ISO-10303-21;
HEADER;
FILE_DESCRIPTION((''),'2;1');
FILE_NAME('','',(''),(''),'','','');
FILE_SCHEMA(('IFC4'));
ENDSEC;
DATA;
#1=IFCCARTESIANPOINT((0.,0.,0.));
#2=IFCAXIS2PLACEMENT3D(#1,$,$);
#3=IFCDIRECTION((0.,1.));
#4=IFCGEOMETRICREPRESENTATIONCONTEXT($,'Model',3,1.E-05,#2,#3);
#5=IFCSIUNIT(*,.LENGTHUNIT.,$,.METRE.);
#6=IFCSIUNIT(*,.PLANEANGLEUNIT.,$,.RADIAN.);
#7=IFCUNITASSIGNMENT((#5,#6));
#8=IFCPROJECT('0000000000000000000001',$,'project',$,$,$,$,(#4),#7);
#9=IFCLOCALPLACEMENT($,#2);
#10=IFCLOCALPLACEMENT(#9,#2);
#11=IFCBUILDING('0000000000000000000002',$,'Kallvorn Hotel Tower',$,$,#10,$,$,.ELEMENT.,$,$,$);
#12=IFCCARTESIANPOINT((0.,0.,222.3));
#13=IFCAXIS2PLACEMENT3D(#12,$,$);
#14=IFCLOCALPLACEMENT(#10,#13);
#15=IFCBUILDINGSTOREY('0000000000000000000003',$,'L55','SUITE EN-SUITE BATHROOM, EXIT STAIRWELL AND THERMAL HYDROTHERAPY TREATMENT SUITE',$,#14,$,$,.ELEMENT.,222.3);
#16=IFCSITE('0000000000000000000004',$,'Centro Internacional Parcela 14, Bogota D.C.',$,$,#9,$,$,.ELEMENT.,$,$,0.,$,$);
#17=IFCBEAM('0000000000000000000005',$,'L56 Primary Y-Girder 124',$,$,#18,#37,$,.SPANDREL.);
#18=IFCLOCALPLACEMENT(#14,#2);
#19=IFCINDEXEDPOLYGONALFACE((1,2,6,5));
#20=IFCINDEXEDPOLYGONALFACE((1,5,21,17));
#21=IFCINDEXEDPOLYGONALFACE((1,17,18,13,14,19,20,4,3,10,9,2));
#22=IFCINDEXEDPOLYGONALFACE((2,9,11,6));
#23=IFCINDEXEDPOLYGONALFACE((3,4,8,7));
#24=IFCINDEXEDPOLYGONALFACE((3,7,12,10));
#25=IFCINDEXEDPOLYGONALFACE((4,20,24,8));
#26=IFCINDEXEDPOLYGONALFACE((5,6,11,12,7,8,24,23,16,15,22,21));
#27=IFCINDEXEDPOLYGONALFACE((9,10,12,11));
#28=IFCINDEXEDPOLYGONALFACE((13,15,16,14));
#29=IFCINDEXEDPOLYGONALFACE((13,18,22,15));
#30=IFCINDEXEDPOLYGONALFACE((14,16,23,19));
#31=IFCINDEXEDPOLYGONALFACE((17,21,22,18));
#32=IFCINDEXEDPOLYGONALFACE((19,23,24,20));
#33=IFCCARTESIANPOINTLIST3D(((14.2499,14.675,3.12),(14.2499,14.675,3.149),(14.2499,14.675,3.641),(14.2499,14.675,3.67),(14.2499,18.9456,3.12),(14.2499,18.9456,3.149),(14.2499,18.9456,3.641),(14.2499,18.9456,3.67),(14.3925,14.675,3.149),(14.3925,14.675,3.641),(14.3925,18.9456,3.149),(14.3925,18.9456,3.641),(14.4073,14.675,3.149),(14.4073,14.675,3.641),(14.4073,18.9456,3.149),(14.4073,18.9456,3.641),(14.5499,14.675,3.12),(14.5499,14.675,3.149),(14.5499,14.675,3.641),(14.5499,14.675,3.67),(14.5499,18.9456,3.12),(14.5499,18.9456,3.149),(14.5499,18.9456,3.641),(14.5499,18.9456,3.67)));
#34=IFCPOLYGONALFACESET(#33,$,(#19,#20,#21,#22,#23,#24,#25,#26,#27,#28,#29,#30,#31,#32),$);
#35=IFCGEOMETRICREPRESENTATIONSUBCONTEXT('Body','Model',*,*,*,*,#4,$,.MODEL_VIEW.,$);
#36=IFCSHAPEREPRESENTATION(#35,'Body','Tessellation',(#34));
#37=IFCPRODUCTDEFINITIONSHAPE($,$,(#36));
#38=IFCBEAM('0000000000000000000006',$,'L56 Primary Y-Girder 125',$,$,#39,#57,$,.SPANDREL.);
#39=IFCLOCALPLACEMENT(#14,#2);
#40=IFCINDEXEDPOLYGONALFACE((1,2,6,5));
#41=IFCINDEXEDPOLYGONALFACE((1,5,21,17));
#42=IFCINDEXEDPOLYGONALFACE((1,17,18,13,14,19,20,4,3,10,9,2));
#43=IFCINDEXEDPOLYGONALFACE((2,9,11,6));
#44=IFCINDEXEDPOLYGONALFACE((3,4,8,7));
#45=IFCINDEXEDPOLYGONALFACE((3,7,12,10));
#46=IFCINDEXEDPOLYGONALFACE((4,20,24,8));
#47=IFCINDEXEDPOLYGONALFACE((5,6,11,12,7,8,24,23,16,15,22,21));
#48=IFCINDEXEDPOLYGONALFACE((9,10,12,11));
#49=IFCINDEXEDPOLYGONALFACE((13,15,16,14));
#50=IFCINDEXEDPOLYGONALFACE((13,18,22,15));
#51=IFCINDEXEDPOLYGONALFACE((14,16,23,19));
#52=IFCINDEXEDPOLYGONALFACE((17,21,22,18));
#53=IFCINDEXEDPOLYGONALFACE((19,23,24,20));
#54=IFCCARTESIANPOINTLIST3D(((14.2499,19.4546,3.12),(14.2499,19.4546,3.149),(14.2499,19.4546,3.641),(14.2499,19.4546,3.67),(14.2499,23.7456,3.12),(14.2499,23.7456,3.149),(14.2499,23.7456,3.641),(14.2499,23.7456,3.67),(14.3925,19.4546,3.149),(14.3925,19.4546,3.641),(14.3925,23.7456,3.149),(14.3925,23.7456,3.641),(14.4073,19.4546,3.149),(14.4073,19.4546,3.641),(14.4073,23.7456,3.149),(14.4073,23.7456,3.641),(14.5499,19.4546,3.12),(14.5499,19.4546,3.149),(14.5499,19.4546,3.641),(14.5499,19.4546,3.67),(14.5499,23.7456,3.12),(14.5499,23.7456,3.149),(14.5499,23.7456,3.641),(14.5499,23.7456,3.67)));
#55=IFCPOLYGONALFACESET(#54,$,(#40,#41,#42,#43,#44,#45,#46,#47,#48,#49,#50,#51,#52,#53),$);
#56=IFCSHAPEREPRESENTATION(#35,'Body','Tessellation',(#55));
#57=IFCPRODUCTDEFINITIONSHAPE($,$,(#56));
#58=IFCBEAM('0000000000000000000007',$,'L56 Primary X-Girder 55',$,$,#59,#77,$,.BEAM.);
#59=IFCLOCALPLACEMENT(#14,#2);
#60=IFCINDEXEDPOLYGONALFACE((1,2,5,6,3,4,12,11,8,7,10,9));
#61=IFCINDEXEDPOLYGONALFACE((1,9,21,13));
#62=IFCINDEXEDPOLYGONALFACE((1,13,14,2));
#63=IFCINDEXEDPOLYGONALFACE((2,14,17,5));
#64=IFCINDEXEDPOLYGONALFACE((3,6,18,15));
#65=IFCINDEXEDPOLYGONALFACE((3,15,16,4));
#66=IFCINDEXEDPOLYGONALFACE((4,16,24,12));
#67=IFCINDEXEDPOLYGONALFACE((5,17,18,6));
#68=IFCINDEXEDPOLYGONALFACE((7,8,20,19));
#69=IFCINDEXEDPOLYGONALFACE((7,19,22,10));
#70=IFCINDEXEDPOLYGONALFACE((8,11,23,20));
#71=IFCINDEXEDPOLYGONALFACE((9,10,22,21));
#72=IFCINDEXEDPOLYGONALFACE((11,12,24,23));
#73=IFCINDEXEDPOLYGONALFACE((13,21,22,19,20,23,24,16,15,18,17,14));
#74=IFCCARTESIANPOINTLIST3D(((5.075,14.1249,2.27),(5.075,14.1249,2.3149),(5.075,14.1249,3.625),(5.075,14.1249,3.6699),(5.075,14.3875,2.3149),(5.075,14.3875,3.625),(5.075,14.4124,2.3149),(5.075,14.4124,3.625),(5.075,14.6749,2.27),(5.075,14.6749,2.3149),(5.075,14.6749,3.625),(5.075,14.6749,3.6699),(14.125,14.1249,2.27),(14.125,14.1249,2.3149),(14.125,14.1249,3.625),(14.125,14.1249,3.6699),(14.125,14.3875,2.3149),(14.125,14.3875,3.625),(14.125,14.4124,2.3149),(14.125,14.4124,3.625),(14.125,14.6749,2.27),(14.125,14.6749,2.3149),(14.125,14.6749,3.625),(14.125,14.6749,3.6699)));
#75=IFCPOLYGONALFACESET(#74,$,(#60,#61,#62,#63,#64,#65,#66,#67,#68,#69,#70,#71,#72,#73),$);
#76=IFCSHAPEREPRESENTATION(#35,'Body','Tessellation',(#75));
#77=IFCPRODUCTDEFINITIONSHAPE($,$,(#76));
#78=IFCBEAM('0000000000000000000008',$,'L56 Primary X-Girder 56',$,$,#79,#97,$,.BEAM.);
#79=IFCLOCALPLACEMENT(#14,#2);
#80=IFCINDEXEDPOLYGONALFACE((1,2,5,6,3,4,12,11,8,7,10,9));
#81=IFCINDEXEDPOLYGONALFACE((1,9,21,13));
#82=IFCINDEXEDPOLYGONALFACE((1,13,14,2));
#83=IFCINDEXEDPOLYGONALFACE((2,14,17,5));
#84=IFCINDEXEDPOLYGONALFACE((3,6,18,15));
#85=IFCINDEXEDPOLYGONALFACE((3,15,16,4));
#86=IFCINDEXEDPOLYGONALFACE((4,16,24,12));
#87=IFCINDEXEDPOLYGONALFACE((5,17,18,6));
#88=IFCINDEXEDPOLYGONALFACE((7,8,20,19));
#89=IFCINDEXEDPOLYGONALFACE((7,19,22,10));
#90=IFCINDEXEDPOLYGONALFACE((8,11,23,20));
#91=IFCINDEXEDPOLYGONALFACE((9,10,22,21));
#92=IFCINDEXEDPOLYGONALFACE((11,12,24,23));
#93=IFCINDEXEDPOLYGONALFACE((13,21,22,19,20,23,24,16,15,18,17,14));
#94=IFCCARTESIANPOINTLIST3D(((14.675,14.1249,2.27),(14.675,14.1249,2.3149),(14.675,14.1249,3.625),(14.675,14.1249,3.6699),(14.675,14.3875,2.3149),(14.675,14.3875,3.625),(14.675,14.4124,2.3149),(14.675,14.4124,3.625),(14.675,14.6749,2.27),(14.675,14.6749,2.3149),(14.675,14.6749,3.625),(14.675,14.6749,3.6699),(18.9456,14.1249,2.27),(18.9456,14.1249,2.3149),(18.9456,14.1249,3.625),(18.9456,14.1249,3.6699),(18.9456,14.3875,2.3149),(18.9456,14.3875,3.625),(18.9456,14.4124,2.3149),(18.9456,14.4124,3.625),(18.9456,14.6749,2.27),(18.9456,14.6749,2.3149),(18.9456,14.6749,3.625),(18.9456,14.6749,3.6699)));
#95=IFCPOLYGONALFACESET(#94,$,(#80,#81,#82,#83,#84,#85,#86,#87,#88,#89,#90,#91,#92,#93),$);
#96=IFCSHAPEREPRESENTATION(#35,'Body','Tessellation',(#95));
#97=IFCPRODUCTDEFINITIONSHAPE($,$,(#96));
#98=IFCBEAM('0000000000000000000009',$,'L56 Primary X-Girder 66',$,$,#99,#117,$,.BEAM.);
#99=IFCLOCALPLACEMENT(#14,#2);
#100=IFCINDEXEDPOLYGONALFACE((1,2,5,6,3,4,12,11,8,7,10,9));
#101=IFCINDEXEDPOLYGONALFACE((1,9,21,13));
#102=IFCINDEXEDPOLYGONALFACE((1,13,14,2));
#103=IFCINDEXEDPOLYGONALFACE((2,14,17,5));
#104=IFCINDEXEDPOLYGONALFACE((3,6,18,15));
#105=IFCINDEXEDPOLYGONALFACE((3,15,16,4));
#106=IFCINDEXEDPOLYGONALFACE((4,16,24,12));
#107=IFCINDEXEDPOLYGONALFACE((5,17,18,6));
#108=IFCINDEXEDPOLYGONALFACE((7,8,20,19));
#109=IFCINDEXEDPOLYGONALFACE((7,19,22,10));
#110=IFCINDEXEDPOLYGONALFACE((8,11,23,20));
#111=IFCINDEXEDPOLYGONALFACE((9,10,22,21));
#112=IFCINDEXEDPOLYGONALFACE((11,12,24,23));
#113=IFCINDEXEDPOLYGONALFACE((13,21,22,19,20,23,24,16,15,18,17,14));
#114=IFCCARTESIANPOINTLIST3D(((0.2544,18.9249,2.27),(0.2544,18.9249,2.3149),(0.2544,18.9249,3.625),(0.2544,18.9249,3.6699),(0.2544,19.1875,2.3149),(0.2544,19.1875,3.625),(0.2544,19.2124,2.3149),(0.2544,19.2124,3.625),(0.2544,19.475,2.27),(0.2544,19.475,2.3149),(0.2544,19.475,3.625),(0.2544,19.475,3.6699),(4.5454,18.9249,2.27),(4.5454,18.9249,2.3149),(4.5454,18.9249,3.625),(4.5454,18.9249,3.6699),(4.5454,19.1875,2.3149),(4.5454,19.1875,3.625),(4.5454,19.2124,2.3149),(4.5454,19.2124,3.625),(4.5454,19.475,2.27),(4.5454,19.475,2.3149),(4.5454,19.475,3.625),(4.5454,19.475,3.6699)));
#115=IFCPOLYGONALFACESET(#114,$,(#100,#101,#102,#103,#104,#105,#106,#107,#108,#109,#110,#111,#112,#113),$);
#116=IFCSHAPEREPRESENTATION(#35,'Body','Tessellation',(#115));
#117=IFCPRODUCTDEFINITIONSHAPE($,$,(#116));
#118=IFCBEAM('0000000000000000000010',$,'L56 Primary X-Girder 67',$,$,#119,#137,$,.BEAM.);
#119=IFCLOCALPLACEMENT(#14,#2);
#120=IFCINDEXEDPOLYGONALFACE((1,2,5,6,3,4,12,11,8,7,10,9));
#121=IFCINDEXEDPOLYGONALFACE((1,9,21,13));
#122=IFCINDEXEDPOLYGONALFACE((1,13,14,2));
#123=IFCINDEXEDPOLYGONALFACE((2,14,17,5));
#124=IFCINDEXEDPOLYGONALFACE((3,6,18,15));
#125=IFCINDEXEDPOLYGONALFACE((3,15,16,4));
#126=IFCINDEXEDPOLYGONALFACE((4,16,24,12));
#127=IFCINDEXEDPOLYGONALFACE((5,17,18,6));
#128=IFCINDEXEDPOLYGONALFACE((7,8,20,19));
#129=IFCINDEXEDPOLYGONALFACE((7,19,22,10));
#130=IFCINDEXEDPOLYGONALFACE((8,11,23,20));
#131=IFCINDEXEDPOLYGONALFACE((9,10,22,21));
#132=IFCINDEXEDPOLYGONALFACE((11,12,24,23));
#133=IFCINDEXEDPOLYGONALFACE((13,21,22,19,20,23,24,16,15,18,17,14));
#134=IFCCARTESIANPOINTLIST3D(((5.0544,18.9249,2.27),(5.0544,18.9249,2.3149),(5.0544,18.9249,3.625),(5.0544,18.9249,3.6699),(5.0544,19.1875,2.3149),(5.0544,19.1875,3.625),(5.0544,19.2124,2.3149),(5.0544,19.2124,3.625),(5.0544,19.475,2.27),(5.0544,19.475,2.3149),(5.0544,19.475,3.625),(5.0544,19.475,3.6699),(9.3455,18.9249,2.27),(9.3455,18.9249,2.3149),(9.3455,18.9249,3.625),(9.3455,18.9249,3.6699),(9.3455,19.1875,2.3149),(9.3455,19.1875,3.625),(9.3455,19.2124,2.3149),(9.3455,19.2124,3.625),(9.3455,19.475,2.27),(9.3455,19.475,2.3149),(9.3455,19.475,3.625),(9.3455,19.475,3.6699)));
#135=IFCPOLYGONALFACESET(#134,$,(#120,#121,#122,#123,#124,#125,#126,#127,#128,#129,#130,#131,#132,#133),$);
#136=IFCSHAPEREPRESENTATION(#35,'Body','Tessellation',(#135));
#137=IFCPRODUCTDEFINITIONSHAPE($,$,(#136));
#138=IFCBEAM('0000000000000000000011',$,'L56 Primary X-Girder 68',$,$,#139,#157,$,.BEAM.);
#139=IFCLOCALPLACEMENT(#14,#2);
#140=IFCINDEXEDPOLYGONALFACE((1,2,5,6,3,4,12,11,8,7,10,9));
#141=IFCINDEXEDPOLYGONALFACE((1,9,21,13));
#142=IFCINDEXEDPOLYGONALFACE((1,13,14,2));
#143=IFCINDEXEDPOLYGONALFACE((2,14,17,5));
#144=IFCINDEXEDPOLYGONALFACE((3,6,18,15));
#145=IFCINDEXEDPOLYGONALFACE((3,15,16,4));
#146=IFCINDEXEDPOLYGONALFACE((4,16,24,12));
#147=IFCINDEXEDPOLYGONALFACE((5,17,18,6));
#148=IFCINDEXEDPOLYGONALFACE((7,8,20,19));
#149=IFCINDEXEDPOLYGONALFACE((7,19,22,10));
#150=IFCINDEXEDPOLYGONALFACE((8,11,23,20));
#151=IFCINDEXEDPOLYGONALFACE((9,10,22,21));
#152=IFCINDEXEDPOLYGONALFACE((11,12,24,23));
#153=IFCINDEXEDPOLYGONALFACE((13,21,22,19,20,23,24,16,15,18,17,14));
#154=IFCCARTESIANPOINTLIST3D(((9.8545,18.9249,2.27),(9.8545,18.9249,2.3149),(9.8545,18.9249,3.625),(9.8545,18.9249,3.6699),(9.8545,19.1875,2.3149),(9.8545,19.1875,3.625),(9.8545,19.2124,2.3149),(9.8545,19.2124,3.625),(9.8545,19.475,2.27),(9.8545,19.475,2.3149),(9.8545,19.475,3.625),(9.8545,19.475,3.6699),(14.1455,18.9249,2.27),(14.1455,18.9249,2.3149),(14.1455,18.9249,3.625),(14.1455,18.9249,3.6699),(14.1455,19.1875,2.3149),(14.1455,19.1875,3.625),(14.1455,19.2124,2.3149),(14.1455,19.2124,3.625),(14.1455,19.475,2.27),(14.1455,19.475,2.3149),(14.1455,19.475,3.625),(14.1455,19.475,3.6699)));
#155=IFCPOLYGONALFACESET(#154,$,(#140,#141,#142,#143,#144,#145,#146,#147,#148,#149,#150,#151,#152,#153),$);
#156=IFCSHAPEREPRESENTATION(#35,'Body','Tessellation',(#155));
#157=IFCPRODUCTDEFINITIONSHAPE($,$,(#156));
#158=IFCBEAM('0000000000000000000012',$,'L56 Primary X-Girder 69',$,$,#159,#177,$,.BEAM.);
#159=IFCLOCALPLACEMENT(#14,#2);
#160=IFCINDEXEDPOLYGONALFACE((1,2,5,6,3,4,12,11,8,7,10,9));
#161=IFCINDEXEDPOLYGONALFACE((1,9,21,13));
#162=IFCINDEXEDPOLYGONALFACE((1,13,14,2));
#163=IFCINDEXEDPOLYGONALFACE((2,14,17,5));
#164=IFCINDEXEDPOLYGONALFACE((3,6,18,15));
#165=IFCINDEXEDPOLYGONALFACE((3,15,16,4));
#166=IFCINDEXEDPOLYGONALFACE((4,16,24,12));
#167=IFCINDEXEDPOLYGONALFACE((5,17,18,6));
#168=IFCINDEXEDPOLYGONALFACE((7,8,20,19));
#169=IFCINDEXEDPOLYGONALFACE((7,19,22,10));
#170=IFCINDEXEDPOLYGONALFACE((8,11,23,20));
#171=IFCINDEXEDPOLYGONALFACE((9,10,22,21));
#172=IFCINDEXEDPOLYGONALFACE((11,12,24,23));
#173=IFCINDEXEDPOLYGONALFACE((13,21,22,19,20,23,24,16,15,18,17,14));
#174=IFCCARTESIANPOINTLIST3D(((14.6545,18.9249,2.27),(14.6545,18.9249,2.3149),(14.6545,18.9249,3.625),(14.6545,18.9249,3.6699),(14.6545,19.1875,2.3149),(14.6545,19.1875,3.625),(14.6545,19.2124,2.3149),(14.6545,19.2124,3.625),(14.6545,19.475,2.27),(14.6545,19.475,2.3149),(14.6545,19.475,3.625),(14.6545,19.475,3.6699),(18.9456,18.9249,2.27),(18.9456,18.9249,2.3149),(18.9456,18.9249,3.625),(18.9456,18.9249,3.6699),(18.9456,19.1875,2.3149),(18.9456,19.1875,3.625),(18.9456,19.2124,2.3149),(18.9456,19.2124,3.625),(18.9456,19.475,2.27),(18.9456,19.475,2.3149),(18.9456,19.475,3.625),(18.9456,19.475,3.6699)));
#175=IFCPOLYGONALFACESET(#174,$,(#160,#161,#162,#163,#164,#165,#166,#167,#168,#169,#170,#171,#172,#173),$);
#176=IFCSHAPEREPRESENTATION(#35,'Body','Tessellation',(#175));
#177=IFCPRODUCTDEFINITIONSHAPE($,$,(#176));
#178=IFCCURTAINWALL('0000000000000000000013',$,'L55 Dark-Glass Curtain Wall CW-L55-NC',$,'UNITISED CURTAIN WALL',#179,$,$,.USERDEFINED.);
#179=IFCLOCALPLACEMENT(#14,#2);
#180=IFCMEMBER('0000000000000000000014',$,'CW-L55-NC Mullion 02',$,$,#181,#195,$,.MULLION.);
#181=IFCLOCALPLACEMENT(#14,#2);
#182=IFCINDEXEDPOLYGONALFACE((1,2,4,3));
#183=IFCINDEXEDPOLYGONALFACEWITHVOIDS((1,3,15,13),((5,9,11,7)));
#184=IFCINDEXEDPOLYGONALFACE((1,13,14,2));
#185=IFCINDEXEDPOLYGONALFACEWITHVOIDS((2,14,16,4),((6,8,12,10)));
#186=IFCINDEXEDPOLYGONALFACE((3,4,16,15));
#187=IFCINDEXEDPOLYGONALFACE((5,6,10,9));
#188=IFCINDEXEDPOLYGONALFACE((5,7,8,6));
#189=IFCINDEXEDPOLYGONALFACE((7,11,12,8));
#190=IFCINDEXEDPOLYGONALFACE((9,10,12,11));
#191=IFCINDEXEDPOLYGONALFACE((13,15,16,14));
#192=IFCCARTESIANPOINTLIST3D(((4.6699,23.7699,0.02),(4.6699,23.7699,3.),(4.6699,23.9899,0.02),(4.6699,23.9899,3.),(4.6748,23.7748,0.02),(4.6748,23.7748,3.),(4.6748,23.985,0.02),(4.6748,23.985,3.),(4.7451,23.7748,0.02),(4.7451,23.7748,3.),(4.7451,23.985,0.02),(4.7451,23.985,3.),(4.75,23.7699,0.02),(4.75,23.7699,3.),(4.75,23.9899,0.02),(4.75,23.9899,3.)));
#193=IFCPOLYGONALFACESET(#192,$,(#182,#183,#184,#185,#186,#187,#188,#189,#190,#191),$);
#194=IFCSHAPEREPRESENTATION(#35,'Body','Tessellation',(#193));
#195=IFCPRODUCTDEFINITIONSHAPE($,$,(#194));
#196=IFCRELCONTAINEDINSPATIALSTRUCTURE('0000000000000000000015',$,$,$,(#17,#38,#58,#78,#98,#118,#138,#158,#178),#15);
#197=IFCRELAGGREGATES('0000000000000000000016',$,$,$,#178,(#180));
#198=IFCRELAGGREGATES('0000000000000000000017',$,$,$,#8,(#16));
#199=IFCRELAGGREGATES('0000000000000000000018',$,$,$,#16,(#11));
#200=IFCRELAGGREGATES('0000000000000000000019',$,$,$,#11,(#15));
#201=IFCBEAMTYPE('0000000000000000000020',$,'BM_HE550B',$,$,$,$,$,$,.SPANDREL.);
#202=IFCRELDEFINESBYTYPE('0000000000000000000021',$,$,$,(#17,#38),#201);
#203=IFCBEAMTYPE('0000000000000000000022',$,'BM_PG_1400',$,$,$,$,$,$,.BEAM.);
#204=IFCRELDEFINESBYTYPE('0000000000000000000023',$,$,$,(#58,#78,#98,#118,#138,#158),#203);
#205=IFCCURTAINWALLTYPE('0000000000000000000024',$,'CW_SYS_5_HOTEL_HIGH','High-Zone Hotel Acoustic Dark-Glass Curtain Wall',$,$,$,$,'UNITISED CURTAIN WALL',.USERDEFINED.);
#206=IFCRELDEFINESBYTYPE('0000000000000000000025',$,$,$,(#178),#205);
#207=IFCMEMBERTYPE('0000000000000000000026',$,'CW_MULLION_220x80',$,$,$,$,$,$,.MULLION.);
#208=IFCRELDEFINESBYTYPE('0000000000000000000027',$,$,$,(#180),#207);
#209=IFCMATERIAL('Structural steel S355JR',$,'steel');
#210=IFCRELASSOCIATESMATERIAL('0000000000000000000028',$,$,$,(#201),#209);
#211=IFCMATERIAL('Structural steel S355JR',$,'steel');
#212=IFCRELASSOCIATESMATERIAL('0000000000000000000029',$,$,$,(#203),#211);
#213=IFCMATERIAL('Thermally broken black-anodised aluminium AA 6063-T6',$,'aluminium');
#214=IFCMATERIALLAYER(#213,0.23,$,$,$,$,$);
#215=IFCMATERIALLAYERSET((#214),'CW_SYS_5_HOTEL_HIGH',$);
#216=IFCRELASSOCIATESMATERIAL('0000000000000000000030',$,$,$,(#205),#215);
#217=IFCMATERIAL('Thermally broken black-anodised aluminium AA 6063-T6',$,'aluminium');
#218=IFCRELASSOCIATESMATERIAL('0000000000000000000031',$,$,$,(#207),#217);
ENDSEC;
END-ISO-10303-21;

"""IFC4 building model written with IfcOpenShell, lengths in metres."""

from ifc_helpers import new_model, si_unit, direction, frame, origin, origin_2d, place, context, subcontext, project, spatial, hollow_rectangle, i_section, extrude, material, layer, layer_set, material_profile, profile_set, type_object, element, aggregate, save


model = new_model("IFC4")

# Units and contexts
model_context = context("Model", 3, precision=1e-05, world=origin(), true_north=direction((0.0, 1.0)))
body_context = subcontext(model_context, "Body", "Model", "MODEL_VIEW")
ifc_project = project(units=[si_unit("LENGTHUNIT", "METRE"), si_unit("PLANEANGLEUNIT", "RADIAN")], contexts=[model_context])

# Site, building, storey
site_placement = place(None, origin())
site = spatial("IfcSite", under=ifc_project, at=site_placement, Name="Centro Internacional Parcela 14, Bogota D.C.", CompositionType="ELEMENT", RefElevation=0.0)
building_placement = place(site_placement, origin())
building = spatial("IfcBuilding", under=site, at=building_placement, Name="Kallvorn Hotel Tower", CompositionType="ELEMENT")
storey_placement = place(building_placement, frame((0.0, 0.0, 222.3)))
storey = spatial("IfcBuildingStorey", under=building, at=storey_placement, Name="L55", Description="SUITE EN-SUITE BATHROOM, EXIT STAIRWELL AND THERMAL HYDROTHERAPY TREATMENT SUITE", CompositionType="ELEMENT", Elevation=222.3)

# Beams
ifc_material_1 = material(Name="Structural steel S355JR", Category="steel")
ifc_material_profile_1 = material_profile(ifc_material_1, i_section(OverallWidth=0.3, OverallDepth=0.55, WebThickness=0.0149, FlangeThickness=0.0291, at=origin_2d()), Name="HE 550 B")
ifc_profile_set_1 = profile_set([ifc_material_profile_1], Name="Structural steel S355JR")
beam_type_1 = type_object("IfcBeamType", Name="BM_HE550B", PredefinedType="SPANDREL", material=ifc_profile_set_1)
beam_1_placement = place(storey_placement, frame((14.3999, 14.675, 3.395), z_axis=(0.0, 1.0, 0.0), x_axis=(-1.0, 0.0, 0.0)))
element("IfcBeam", 1, at=beam_1_placement, inside=storey, type_object=beam_type_1, Name="L56 Primary Y-Girder 124", PredefinedType="SPANDREL", context=body_context, shape_type="SweptSolid", body=[
    extrude(i_section(OverallWidth=0.3, OverallDepth=0.55, WebThickness=0.0149, FlangeThickness=0.0291, at=origin_2d()), origin(), (0.0, 0.0, 1.0), 4.2705),
])
beam_2_placement = place(storey_placement, frame((14.3999, 19.4546, 3.395), z_axis=(0.0, 1.0, 0.0), x_axis=(-1.0, 0.0, 0.0)))
element("IfcBeam", 2, at=beam_2_placement, inside=storey, type_object=beam_type_1, Name="L56 Primary Y-Girder 125", PredefinedType="SPANDREL", context=body_context, shape_type="SweptSolid", body=[
    extrude(i_section(OverallWidth=0.3, OverallDepth=0.55, WebThickness=0.0149, FlangeThickness=0.0291, at=origin_2d()), origin(), (0.0, 0.0, 1.0), 4.291),
])
ifc_material_2 = material(Name="Structural steel S355JR", Category="steel")
ifc_material_profile_2 = material_profile(ifc_material_2, i_section(OverallWidth=0.55, OverallDepth=1.3999, WebThickness=0.0249, FlangeThickness=0.0449, at=origin_2d()), Name="PG 1400x550x25x45")
ifc_profile_set_2 = profile_set([ifc_material_profile_2], Name="Structural steel S355JR")
beam_type_2 = type_object("IfcBeamType", Name="BM_PG_1400", PredefinedType="BEAM", material=ifc_profile_set_2)
beam_3_placement = place(storey_placement, frame((5.075, 14.3999, 2.97), z_axis=(1.0, 0.0, 0.0), x_axis=(0.0, 1.0, 0.0)))
element("IfcBeam", 3, at=beam_3_placement, inside=storey, type_object=beam_type_2, Name="L56 Primary X-Girder 55", PredefinedType="BEAM", context=body_context, shape_type="SweptSolid", body=[
    extrude(i_section(OverallWidth=0.55, OverallDepth=1.3999, WebThickness=0.0249, FlangeThickness=0.0449, at=origin_2d()), origin(), (0.0, 0.0, 1.0), 9.05),
])
beam_4_placement = place(storey_placement, frame((14.675, 14.3999, 2.97), z_axis=(1.0, 0.0, 0.0), x_axis=(0.0, 1.0, 0.0)))
element("IfcBeam", 4, at=beam_4_placement, inside=storey, type_object=beam_type_2, Name="L56 Primary X-Girder 56", PredefinedType="BEAM", context=body_context, shape_type="SweptSolid", body=[
    extrude(i_section(OverallWidth=0.55, OverallDepth=1.3999, WebThickness=0.0249, FlangeThickness=0.0449, at=origin_2d()), origin(), (0.0, 0.0, 1.0), 4.2705),
])
for number, where, z_axis, x_axis, name in (
    (5, (0.2544, 19.2, 2.97), (1.0, 0.0, 0.0), (0.0, 1.0, 0.0), "L56 Primary X-Girder 66"),
    (6, (5.0544, 19.2, 2.97), (1.0, 0.0, 0.0), (0.0, 1.0, 0.0), "L56 Primary X-Girder 67"),
    (7, (9.8545, 19.2, 2.97), (1.0, 0.0, 0.0), (0.0, 1.0, 0.0), "L56 Primary X-Girder 68"),
    (8, (14.6545, 19.2, 2.97), (1.0, 0.0, 0.0), (0.0, 1.0, 0.0), "L56 Primary X-Girder 69"),
):
    element("IfcBeam", number, at=place(storey_placement, frame(where, z_axis=z_axis, x_axis=x_axis)), inside=storey, type_object=beam_type_2, Name=name, PredefinedType="BEAM", context=body_context, shape_type="SweptSolid", body=[
        extrude(i_section(OverallWidth=0.55, OverallDepth=1.3999, WebThickness=0.0249, FlangeThickness=0.0449, at=origin_2d()), origin(), (0.0, 0.0, 1.0), 4.291),
    ])

# Curtain wall, member
ifc_material_3 = material(Name="Thermally broken black-anodised aluminium AA 6063-T6", Category="aluminium")
ifc_layer_1 = layer(ifc_material_3, 0.23)
ifc_layer_set_1 = layer_set([ifc_layer_1], Name="CW_SYS_5_HOTEL_HIGH")
curtain_wall_type = type_object("IfcCurtainWallType", Name="CW_SYS_5_HOTEL_HIGH", Description="High-Zone Hotel Acoustic Dark-Glass Curtain Wall", ElementType="UNITISED CURTAIN WALL", PredefinedType="USERDEFINED", material=ifc_layer_set_1)
curtain_wall_placement = place(storey_placement, origin())
curtain_wall = element("IfcCurtainWall", 9, at=curtain_wall_placement, inside=storey, type_object=curtain_wall_type, Name="L55 Dark-Glass Curtain Wall CW-L55-NC", ObjectType="UNITISED CURTAIN WALL", PredefinedType="USERDEFINED")
ifc_material_4 = material(Name="Thermally broken black-anodised aluminium AA 6063-T6", Category="aluminium")
ifc_material_profile_3 = material_profile(ifc_material_4, hollow_rectangle(XDim=0.0801, YDim=0.22, WallThickness=0.0049, at=origin_2d()), Name="MUL 220x80")
ifc_profile_set_3 = profile_set([ifc_material_profile_3], Name="Thermally broken black-anodised aluminium AA 6063-T6")
member_type_1 = type_object("IfcMemberType", Name="CW_MULLION_220x80", PredefinedType="MULLION", material=ifc_profile_set_3)
member_1_placement = place(storey_placement, frame((4.71, 23.8799, 0.02), z_axis=(0.0, 0.0, 1.0), x_axis=(1.0, 0.0, 0.0)))
member_1 = element("IfcMember", 10, at=member_1_placement, type_object=member_type_1, Name="CW-L55-NC Mullion 02", PredefinedType="MULLION", context=body_context, shape_type="SweptSolid", body=[
    extrude(hollow_rectangle(XDim=0.0801, YDim=0.22, WallThickness=0.0049, at=origin_2d()), origin(), (0.0, 0.0, 1.0), 2.98),
])
aggregate(curtain_wall, [member_1])

save(model, "model.ifc")
